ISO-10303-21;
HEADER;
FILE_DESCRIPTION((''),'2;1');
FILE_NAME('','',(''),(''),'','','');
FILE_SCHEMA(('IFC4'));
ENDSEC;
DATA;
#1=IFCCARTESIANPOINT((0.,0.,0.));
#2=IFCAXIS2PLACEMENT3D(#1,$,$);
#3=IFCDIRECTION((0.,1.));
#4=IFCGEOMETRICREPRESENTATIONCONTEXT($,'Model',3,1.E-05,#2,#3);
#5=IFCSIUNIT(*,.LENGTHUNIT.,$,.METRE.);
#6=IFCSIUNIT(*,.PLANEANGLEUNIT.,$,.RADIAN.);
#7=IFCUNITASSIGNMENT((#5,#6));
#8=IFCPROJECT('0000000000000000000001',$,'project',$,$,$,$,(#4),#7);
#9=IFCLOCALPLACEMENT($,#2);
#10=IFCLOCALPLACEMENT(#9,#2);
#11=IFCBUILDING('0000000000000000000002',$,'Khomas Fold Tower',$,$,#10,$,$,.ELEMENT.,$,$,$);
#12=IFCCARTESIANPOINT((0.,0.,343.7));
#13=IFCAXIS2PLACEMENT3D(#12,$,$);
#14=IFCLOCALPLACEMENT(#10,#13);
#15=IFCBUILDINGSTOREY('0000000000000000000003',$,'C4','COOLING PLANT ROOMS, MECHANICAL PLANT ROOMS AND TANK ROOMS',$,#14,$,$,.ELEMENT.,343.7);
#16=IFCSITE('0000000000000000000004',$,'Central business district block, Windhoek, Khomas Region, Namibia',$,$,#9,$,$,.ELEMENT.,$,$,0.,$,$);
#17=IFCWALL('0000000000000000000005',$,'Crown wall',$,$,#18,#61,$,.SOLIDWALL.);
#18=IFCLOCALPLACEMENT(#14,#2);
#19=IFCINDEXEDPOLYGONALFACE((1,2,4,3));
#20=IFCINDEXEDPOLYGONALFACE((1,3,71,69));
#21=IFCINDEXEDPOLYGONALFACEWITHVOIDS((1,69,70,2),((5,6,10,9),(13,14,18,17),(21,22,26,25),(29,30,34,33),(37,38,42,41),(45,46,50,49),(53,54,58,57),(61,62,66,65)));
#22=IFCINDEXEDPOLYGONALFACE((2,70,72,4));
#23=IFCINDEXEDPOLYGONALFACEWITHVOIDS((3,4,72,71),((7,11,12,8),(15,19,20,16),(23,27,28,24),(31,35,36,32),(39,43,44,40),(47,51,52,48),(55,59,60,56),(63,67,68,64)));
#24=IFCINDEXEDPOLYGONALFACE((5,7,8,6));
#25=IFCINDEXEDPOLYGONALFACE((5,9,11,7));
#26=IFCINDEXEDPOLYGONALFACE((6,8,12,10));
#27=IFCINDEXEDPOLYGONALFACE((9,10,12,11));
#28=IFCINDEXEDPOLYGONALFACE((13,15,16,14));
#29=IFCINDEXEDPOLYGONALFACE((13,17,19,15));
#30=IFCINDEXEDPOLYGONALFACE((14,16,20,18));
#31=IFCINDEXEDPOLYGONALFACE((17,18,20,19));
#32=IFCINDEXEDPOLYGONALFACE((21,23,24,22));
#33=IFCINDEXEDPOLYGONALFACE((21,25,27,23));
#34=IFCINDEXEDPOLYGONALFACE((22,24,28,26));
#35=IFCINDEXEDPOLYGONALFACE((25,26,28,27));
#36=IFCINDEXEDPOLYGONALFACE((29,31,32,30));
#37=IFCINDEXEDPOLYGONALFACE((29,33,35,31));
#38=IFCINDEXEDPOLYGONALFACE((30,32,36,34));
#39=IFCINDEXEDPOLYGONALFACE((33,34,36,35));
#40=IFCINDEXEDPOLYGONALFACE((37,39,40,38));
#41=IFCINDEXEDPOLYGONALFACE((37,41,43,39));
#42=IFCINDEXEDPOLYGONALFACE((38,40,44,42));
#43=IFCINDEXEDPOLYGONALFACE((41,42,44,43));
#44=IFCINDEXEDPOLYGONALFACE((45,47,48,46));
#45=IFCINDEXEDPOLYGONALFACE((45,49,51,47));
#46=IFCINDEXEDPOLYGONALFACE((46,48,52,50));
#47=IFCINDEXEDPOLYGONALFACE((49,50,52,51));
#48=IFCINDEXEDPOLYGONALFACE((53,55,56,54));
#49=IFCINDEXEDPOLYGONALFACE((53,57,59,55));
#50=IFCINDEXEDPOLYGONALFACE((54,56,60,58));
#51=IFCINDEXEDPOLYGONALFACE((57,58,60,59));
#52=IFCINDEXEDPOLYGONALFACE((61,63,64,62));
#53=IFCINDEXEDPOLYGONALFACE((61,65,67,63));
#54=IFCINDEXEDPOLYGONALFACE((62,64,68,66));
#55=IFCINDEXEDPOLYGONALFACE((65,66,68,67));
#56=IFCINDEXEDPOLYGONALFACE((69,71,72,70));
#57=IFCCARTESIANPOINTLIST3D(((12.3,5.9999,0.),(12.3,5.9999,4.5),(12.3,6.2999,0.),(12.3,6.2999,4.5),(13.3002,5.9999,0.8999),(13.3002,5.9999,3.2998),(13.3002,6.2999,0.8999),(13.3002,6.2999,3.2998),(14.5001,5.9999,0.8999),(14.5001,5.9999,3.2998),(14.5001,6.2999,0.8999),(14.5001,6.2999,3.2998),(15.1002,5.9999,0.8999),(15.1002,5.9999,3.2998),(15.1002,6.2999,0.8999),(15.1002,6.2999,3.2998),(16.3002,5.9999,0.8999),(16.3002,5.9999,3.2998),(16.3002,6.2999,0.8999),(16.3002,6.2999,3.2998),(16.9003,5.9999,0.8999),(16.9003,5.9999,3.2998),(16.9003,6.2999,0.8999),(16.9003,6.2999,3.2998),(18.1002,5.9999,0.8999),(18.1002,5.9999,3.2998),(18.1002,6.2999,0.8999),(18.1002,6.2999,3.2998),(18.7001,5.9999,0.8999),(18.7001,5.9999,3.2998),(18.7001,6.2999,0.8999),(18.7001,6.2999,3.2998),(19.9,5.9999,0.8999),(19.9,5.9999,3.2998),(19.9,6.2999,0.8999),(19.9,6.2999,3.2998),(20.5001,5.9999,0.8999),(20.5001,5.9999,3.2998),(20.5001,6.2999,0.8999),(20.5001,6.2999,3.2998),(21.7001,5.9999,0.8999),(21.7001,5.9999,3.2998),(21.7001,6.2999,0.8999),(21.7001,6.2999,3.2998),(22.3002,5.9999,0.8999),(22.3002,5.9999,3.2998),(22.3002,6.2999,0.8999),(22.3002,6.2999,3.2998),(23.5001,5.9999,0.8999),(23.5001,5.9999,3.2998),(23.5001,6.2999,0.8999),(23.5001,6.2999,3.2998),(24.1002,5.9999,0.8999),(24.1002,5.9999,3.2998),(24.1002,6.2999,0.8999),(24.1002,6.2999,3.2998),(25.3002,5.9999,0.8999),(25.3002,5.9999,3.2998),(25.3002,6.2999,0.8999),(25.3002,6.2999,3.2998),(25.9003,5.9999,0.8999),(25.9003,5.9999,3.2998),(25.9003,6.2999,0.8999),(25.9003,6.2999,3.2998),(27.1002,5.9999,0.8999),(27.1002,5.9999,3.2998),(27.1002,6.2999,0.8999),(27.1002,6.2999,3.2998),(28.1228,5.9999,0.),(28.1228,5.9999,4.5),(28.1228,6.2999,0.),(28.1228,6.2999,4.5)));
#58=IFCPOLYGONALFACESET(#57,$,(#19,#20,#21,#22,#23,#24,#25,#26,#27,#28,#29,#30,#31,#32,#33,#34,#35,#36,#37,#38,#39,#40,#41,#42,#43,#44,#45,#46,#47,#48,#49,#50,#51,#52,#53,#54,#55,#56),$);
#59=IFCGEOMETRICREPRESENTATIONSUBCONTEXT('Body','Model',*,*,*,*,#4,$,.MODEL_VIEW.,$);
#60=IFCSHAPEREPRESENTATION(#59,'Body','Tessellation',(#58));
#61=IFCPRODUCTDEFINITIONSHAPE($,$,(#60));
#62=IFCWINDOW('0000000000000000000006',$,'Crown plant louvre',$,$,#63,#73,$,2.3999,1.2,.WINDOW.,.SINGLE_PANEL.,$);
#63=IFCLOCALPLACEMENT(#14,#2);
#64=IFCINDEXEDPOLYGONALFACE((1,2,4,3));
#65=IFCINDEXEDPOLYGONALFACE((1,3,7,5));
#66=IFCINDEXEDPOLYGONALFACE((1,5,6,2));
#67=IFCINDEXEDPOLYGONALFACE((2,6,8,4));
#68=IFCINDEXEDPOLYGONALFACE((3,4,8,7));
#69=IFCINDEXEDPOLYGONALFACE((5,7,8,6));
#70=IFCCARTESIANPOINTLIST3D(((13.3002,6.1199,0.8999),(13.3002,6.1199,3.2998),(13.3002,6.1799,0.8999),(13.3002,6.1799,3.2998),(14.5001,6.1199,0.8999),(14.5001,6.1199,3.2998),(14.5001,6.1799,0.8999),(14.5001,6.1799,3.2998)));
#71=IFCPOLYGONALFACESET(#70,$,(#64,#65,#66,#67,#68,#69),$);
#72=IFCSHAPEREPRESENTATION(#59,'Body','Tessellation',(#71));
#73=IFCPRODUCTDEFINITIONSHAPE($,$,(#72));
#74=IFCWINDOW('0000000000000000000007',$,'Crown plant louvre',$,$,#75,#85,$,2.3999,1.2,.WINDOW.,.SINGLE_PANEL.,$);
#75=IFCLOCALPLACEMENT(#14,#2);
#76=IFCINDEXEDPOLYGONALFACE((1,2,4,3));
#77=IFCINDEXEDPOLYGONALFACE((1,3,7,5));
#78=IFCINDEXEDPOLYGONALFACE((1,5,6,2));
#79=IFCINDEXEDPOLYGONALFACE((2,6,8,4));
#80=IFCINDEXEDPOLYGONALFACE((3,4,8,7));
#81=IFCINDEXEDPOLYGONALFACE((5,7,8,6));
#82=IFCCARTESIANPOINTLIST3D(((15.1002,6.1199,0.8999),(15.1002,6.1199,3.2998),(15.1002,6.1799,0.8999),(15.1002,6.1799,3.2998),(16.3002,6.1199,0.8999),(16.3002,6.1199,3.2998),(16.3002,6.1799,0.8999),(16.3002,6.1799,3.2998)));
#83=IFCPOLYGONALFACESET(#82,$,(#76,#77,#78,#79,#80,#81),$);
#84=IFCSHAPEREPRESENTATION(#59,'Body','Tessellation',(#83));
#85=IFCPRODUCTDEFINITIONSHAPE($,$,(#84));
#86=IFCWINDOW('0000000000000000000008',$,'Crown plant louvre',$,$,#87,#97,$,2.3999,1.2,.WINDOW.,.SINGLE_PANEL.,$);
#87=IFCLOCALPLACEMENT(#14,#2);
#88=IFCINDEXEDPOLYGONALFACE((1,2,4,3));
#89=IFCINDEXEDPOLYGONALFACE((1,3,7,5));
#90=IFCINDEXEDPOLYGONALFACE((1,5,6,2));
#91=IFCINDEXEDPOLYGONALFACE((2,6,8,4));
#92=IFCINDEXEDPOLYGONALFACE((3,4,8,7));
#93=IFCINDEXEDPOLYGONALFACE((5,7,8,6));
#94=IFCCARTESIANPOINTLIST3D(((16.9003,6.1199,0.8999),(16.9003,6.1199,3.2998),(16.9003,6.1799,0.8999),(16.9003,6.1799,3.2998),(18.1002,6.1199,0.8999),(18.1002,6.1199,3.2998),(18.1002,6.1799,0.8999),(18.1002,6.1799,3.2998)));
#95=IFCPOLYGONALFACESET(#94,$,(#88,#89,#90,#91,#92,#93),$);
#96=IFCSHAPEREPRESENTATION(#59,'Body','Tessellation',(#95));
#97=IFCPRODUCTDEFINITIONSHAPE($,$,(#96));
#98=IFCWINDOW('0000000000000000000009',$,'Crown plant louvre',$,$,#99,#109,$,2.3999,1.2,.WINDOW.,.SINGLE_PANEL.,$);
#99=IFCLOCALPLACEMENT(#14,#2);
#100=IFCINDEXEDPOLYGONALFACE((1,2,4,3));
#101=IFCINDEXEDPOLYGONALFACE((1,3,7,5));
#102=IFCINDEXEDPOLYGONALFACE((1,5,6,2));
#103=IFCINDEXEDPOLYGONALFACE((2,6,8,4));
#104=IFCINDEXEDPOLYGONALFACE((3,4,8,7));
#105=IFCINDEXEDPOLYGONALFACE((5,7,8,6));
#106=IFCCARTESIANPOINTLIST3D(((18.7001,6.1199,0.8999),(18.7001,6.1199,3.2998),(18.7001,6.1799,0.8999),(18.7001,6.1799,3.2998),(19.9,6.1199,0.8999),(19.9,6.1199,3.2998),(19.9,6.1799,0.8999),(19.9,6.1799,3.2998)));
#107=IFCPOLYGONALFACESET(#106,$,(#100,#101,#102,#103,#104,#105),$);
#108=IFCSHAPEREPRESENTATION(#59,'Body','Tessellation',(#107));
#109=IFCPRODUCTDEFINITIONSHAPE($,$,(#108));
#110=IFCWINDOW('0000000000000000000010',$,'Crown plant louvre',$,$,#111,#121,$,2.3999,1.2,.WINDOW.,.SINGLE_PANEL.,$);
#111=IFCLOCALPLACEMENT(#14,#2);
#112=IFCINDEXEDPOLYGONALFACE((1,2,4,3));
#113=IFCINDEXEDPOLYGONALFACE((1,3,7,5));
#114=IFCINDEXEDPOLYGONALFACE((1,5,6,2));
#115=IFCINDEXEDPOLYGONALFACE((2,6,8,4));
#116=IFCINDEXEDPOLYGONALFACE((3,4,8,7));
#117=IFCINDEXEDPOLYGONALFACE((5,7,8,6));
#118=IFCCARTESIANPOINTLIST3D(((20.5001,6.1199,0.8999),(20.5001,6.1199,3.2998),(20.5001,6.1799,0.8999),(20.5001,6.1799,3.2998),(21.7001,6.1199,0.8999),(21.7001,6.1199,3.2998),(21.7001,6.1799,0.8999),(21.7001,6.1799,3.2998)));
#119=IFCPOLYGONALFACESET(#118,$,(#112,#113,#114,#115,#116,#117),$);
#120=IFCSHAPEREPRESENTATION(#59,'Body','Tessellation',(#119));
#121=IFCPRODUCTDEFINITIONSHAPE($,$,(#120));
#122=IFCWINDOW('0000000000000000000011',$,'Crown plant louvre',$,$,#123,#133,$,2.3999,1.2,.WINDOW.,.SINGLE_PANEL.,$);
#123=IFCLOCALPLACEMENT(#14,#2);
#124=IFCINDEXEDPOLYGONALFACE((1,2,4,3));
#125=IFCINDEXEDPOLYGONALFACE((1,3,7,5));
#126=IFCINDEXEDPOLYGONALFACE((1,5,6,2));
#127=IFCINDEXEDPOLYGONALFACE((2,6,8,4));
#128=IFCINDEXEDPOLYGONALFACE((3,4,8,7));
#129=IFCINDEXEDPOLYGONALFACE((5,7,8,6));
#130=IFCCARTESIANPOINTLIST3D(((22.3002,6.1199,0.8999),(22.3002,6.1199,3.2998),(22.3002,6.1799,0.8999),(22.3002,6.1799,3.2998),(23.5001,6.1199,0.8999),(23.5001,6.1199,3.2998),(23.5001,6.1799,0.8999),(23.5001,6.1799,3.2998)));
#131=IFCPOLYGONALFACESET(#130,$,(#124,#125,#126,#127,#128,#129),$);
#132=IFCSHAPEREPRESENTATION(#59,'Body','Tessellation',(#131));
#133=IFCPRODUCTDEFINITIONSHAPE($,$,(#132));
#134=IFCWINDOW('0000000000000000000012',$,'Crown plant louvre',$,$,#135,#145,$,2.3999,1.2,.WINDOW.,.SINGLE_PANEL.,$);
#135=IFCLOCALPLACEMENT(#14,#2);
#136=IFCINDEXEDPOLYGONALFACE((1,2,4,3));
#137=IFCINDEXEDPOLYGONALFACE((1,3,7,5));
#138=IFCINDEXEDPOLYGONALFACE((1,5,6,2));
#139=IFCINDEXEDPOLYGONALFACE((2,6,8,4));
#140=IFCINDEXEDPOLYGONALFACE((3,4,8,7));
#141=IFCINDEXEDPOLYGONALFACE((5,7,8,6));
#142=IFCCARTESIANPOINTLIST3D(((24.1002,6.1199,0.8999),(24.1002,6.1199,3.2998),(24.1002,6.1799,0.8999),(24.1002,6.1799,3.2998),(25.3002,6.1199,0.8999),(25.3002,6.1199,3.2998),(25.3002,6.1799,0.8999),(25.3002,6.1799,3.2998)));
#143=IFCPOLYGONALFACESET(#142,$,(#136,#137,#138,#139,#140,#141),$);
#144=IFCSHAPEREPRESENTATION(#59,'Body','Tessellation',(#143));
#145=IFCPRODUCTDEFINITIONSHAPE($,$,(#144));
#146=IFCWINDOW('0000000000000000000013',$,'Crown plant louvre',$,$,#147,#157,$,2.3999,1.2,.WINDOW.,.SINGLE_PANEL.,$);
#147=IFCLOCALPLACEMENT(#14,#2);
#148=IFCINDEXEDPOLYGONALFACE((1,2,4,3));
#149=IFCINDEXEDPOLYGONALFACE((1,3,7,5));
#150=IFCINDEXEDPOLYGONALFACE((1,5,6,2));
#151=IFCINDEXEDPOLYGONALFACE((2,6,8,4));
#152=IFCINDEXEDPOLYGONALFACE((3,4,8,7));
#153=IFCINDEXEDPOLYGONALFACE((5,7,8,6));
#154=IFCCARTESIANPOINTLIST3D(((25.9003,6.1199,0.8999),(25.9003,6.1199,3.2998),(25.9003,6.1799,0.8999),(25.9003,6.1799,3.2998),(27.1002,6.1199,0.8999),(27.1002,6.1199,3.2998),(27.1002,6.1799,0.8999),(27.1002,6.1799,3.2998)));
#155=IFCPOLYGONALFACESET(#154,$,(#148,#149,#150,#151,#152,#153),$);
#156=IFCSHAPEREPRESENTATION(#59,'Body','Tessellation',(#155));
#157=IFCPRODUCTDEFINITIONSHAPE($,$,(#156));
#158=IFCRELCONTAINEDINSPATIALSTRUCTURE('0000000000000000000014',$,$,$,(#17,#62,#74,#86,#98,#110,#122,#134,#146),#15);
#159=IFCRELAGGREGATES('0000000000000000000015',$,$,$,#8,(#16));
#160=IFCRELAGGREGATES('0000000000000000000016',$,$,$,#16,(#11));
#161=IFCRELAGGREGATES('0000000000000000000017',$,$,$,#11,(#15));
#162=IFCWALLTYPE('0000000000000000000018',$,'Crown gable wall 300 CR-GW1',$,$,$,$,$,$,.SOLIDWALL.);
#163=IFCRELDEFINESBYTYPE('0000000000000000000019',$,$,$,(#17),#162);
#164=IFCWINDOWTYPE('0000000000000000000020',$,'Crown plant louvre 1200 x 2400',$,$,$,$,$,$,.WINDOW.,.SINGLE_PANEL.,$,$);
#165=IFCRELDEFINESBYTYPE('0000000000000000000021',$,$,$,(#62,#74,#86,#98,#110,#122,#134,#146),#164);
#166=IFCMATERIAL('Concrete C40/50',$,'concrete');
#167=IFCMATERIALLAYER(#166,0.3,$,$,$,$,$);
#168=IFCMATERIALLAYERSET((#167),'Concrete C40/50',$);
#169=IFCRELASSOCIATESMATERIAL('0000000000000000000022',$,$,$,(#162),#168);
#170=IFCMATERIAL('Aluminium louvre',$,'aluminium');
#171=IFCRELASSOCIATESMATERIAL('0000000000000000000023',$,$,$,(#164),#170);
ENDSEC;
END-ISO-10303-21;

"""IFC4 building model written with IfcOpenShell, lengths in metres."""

from ifc_helpers import new_model, si_unit, direction, frame, frame_2d, origin, place, context, subcontext, project, spatial, rectangle, extrude, source, transform, mapped, material, layer, layer_set, type_object, element, fill, save


model = new_model("IFC4")

# Units and contexts
model_context = context("Model", 3, precision=1e-05, world=origin(), true_north=direction((0.0, 1.0)))
body_context = subcontext(model_context, "Body", "Model", "MODEL_VIEW")
ifc_project = project(units=[si_unit("LENGTHUNIT", "METRE"), si_unit("PLANEANGLEUNIT", "RADIAN")], contexts=[model_context])

# Site, building, storey
site_placement = place(None, origin())
site = spatial("IfcSite", under=ifc_project, at=site_placement, Name="Central business district block, Windhoek, Khomas Region, Namibia", CompositionType="ELEMENT", RefElevation=0.0)
building_placement = place(site_placement, origin())
building = spatial("IfcBuilding", under=site, at=building_placement, Name="Khomas Fold Tower", CompositionType="ELEMENT")
storey_placement = place(building_placement, frame((0.0, 0.0, 343.7)))
storey = spatial("IfcBuildingStorey", under=building, at=storey_placement, Name="C4", Description="COOLING PLANT ROOMS, MECHANICAL PLANT ROOMS AND TANK ROOMS", CompositionType="ELEMENT", Elevation=343.7)

# Wall, openings, windows
ifc_material_1 = material(Name="Concrete C40/50", Category="concrete")
ifc_layer_1 = layer(ifc_material_1, 0.3)
ifc_layer_set_1 = layer_set([ifc_layer_1], Name="Concrete C40/50")
wall_type_1 = type_object("IfcWallType", Name="Crown gable wall 300 CR-GW1", PredefinedType="SOLIDWALL", material=ifc_layer_set_1)
shared_shape_1 = source(origin(), body_context, "Body", "SweptSolid", [
    extrude(rectangle(XDim=1.2, YDim=2.3999, at=frame_2d((0.6001, 1.2))), frame((0.0, 0.1599, 0.0), z_axis=(0.0, -1.0, 0.0), x_axis=(1.0, 0.0, 0.0)), (0.0, 0.0, 1.0), 0.3201),
])
ifc_material_2 = material(Name="Aluminium louvre", Category="aluminium")
window_type = type_object("IfcWindowType", Name="Crown plant louvre 1200 x 2400", PartitioningType="SINGLE_PANEL", PredefinedType="WINDOW", material=ifc_material_2)
shared_shape_2 = source(origin(), body_context, "Body", "SweptSolid", [
    extrude(rectangle(XDim=1.2, YDim=2.3999, at=frame_2d((0.6001, 1.2))), frame((0.0, 0.03, 0.0), z_axis=(0.0, -1.0, 0.0), x_axis=(1.0, 0.0, 0.0)), (0.0, 0.0, 1.0), 0.0601),
])
shared_shape_3 = source(origin(), body_context, "Body", "SweptSolid", [
    extrude(rectangle(XDim=15.8228, YDim=0.3, at=frame_2d((7.9114, 0.0))), origin(), (0.0, 0.0, 1.0), 4.5),
])
wall_1_placement = place(storey_placement, frame((12.3, 6.1499, 0.0), z_axis=(0.0, 0.0, 1.0), x_axis=(1.0, 0.0, 0.0)))
wall_1 = element("IfcWall", 1, at=wall_1_placement, inside=storey, type_object=wall_type_1, Name="Crown wall", PredefinedType="SOLIDWALL", context=body_context, shape_type="MappedRepresentation", body=[
    mapped(shared_shape_3, transform((0.0, 0.0, 0.0))),
])
opening_1_placement = place(wall_1_placement, frame((1.0, 0.0, 0.8999)))
opening_1 = element("IfcOpeningElement", 2, at=opening_1_placement, cuts=wall_1, PredefinedType="OPENING", context=body_context, shape_type="MappedRepresentation", body=[
    mapped(shared_shape_1, transform((0.0, 0.0, 0.0))),
])
opening_2_placement = place(wall_1_placement, frame((2.8, 0.0, 0.8999)))
opening_2 = element("IfcOpeningElement", 3, at=opening_2_placement, cuts=wall_1, PredefinedType="OPENING", context=body_context, shape_type="MappedRepresentation", body=[
    mapped(shared_shape_1, transform((0.0, 0.0, 0.0))),
])
opening_3_placement = place(wall_1_placement, frame((4.6001, 0.0, 0.8999)))
opening_3 = element("IfcOpeningElement", 4, at=opening_3_placement, cuts=wall_1, PredefinedType="OPENING", context=body_context, shape_type="MappedRepresentation", body=[
    mapped(shared_shape_1, transform((0.0, 0.0, 0.0))),
])
opening_4_placement = place(wall_1_placement, frame((6.3999, 0.0, 0.8999)))
opening_4 = element("IfcOpeningElement", 5, at=opening_4_placement, cuts=wall_1, PredefinedType="OPENING", context=body_context, shape_type="MappedRepresentation", body=[
    mapped(shared_shape_1, transform((0.0, 0.0, 0.0))),
])
opening_5_placement = place(wall_1_placement, frame((8.2, 0.0, 0.8999)))
opening_5 = element("IfcOpeningElement", 6, at=opening_5_placement, cuts=wall_1, PredefinedType="OPENING", context=body_context, shape_type="MappedRepresentation", body=[
    mapped(shared_shape_1, transform((0.0, 0.0, 0.0))),
])
opening_6_placement = place(wall_1_placement, frame((10.0, 0.0, 0.8999)))
opening_6 = element("IfcOpeningElement", 7, at=opening_6_placement, cuts=wall_1, PredefinedType="OPENING", context=body_context, shape_type="MappedRepresentation", body=[
    mapped(shared_shape_1, transform((0.0, 0.0, 0.0))),
])
opening_7_placement = place(wall_1_placement, frame((11.8, 0.0, 0.8999)))
opening_7 = element("IfcOpeningElement", 8, at=opening_7_placement, cuts=wall_1, PredefinedType="OPENING", context=body_context, shape_type="MappedRepresentation", body=[
    mapped(shared_shape_1, transform((0.0, 0.0, 0.0))),
])
opening_8_placement = place(wall_1_placement, frame((13.6001, 0.0, 0.8999)))
opening_8 = element("IfcOpeningElement", 9, at=opening_8_placement, cuts=wall_1, PredefinedType="OPENING", context=body_context, shape_type="MappedRepresentation", body=[
    mapped(shared_shape_1, transform((0.0, 0.0, 0.0))),
])
window_1_placement = place(opening_1_placement, origin())
window_1 = element("IfcWindow", 10, at=window_1_placement, inside=storey, type_object=window_type, Name="Crown plant louvre", OverallHeight=2.3999, OverallWidth=1.2, PartitioningType="SINGLE_PANEL", PredefinedType="WINDOW", context=body_context, shape_type="MappedRepresentation", body=[
    mapped(shared_shape_2, transform((0.0, 0.0, 0.0))),
])
fill(opening_1, window_1)
window_2_placement = place(opening_2_placement, origin())
window_2 = element("IfcWindow", 11, at=window_2_placement, inside=storey, type_object=window_type, Name="Crown plant louvre", OverallHeight=2.3999, OverallWidth=1.2, PartitioningType="SINGLE_PANEL", PredefinedType="WINDOW", context=body_context, shape_type="MappedRepresentation", body=[
    mapped(shared_shape_2, transform((0.0, 0.0, 0.0))),
])
fill(opening_2, window_2)
window_3_placement = place(opening_3_placement, origin())
window_3 = element("IfcWindow", 12, at=window_3_placement, inside=storey, type_object=window_type, Name="Crown plant louvre", OverallHeight=2.3999, OverallWidth=1.2, PartitioningType="SINGLE_PANEL", PredefinedType="WINDOW", context=body_context, shape_type="MappedRepresentation", body=[
    mapped(shared_shape_2, transform((0.0, 0.0, 0.0))),
])
fill(opening_3, window_3)
window_4_placement = place(opening_4_placement, origin())
window_4 = element("IfcWindow", 13, at=window_4_placement, inside=storey, type_object=window_type, Name="Crown plant louvre", OverallHeight=2.3999, OverallWidth=1.2, PartitioningType="SINGLE_PANEL", PredefinedType="WINDOW", context=body_context, shape_type="MappedRepresentation", body=[
    mapped(shared_shape_2, transform((0.0, 0.0, 0.0))),
])
fill(opening_4, window_4)
window_5_placement = place(opening_5_placement, origin())
window_5 = element("IfcWindow", 14, at=window_5_placement, inside=storey, type_object=window_type, Name="Crown plant louvre", OverallHeight=2.3999, OverallWidth=1.2, PartitioningType="SINGLE_PANEL", PredefinedType="WINDOW", context=body_context, shape_type="MappedRepresentation", body=[
    mapped(shared_shape_2, transform((0.0, 0.0, 0.0))),
])
fill(opening_5, window_5)
window_6_placement = place(opening_6_placement, origin())
window_6 = element("IfcWindow", 15, at=window_6_placement, inside=storey, type_object=window_type, Name="Crown plant louvre", OverallHeight=2.3999, OverallWidth=1.2, PartitioningType="SINGLE_PANEL", PredefinedType="WINDOW", context=body_context, shape_type="MappedRepresentation", body=[
    mapped(shared_shape_2, transform((0.0, 0.0, 0.0))),
])
fill(opening_6, window_6)
window_7_placement = place(opening_7_placement, origin())
window_7 = element("IfcWindow", 16, at=window_7_placement, inside=storey, type_object=window_type, Name="Crown plant louvre", OverallHeight=2.3999, OverallWidth=1.2, PartitioningType="SINGLE_PANEL", PredefinedType="WINDOW", context=body_context, shape_type="MappedRepresentation", body=[
    mapped(shared_shape_2, transform((0.0, 0.0, 0.0))),
])
fill(opening_7, window_7)
window_8_placement = place(opening_8_placement, origin())
window_8 = element("IfcWindow", 17, at=window_8_placement, inside=storey, type_object=window_type, Name="Crown plant louvre", OverallHeight=2.3999, OverallWidth=1.2, PartitioningType="SINGLE_PANEL", PredefinedType="WINDOW", context=body_context, shape_type="MappedRepresentation", body=[
    mapped(shared_shape_2, transform((0.0, 0.0, 0.0))),
])
fill(opening_8, window_8)

save(model, "model.ifc")
